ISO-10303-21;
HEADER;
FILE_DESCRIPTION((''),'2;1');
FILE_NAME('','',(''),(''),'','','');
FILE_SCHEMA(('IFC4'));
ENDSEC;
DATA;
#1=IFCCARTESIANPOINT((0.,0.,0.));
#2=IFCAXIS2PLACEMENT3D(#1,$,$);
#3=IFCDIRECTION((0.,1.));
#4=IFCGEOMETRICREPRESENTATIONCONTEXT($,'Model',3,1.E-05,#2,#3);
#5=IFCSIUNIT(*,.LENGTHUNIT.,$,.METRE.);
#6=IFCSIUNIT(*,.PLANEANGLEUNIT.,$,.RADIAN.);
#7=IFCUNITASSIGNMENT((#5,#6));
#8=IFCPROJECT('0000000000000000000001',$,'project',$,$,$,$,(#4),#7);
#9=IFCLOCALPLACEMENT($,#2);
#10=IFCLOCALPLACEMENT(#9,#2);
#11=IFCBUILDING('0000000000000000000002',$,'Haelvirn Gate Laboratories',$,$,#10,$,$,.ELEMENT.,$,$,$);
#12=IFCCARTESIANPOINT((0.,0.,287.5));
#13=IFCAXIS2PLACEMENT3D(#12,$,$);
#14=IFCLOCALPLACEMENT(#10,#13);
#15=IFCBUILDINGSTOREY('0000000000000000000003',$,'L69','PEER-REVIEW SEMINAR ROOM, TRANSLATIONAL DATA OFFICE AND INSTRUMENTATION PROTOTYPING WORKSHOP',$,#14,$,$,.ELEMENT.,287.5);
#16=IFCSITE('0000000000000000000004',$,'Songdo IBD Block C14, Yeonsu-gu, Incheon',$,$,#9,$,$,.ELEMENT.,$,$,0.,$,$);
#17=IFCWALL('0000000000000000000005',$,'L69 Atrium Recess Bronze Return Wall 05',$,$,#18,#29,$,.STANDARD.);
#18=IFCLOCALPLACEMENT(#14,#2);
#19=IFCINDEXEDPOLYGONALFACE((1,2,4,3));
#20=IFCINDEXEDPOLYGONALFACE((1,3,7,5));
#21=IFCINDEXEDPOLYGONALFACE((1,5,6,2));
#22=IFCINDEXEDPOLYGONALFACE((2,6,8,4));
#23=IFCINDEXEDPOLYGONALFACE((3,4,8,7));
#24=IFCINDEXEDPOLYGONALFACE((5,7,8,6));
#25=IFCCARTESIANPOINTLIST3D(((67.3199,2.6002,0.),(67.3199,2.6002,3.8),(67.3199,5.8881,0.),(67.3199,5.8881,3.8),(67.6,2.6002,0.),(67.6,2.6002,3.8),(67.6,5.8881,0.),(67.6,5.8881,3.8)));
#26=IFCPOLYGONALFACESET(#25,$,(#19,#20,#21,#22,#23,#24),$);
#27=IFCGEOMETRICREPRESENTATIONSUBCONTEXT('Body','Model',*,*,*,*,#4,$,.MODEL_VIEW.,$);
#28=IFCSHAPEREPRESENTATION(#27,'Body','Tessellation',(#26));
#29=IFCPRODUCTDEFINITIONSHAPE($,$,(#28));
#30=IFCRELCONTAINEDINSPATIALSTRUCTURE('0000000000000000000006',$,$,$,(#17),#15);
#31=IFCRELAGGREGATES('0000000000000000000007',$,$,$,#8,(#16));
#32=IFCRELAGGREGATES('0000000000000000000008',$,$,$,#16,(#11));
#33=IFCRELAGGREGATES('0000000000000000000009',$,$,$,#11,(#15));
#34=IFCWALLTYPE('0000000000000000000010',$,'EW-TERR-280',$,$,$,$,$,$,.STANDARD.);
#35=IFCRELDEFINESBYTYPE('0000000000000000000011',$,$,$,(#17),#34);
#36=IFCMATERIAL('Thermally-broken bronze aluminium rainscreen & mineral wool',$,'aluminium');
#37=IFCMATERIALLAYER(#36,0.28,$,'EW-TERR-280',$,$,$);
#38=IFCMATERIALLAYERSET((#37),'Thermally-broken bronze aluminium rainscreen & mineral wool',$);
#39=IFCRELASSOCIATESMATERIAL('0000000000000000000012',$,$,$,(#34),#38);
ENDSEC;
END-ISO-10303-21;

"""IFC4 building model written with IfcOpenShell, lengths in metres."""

from ifc_helpers import new_model, si_unit, direction, frame, frame_2d, origin, place, context, subcontext, project, spatial, rectangle, extrude, material, layer, layer_set, type_object, element, save


model = new_model("IFC4")

# Units and contexts
model_context = context("Model", 3, precision=1e-05, world=origin(), true_north=direction((0.0, 1.0)))
body_context = subcontext(model_context, "Body", "Model", "MODEL_VIEW")
ifc_project = project(units=[si_unit("LENGTHUNIT", "METRE"), si_unit("PLANEANGLEUNIT", "RADIAN")], contexts=[model_context])

# Site, building, storey
site_placement = place(None, origin())
site = spatial("IfcSite", under=ifc_project, at=site_placement, Name="Songdo IBD Block C14, Yeonsu-gu, Incheon", CompositionType="ELEMENT", RefElevation=0.0)
building_placement = place(site_placement, origin())
building = spatial("IfcBuilding", under=site, at=building_placement, Name="Haelvirn Gate Laboratories", CompositionType="ELEMENT")
storey_placement = place(building_placement, frame((0.0, 0.0, 287.5)))
storey = spatial("IfcBuildingStorey", under=building, at=storey_placement, Name="L69", Description="PEER-REVIEW SEMINAR ROOM, TRANSLATIONAL DATA OFFICE AND INSTRUMENTATION PROTOTYPING WORKSHOP", CompositionType="ELEMENT", Elevation=287.5)

# Wall
ifc_material_1 = material(Name="Thermally-broken bronze aluminium rainscreen & mineral wool", Category="aluminium")
ifc_layer_1 = layer(ifc_material_1, 0.28, Name="EW-TERR-280")
ifc_layer_set_1 = layer_set([ifc_layer_1], Name="Thermally-broken bronze aluminium rainscreen & mineral wool")
wall_type = type_object("IfcWallType", Name="EW-TERR-280", PredefinedType="STANDARD", material=ifc_layer_set_1)
wall_placement = place(storey_placement, frame((67.46, 2.6001, 0.0), z_axis=(0.0, 0.0, 1.0), x_axis=(0.0, 1.0, 0.0)))
element("IfcWall", 1, at=wall_placement, inside=storey, type_object=wall_type, Name="L69 Atrium Recess Bronze Return Wall 05", PredefinedType="STANDARD", context=body_context, shape_type="SweptSolid", body=[
    extrude(rectangle(XDim=3.2878, YDim=0.28, at=frame_2d((1.644, 0.0))), origin(), (0.0, 0.0, 1.0), 3.8),
])

save(model, "model.ifc")
